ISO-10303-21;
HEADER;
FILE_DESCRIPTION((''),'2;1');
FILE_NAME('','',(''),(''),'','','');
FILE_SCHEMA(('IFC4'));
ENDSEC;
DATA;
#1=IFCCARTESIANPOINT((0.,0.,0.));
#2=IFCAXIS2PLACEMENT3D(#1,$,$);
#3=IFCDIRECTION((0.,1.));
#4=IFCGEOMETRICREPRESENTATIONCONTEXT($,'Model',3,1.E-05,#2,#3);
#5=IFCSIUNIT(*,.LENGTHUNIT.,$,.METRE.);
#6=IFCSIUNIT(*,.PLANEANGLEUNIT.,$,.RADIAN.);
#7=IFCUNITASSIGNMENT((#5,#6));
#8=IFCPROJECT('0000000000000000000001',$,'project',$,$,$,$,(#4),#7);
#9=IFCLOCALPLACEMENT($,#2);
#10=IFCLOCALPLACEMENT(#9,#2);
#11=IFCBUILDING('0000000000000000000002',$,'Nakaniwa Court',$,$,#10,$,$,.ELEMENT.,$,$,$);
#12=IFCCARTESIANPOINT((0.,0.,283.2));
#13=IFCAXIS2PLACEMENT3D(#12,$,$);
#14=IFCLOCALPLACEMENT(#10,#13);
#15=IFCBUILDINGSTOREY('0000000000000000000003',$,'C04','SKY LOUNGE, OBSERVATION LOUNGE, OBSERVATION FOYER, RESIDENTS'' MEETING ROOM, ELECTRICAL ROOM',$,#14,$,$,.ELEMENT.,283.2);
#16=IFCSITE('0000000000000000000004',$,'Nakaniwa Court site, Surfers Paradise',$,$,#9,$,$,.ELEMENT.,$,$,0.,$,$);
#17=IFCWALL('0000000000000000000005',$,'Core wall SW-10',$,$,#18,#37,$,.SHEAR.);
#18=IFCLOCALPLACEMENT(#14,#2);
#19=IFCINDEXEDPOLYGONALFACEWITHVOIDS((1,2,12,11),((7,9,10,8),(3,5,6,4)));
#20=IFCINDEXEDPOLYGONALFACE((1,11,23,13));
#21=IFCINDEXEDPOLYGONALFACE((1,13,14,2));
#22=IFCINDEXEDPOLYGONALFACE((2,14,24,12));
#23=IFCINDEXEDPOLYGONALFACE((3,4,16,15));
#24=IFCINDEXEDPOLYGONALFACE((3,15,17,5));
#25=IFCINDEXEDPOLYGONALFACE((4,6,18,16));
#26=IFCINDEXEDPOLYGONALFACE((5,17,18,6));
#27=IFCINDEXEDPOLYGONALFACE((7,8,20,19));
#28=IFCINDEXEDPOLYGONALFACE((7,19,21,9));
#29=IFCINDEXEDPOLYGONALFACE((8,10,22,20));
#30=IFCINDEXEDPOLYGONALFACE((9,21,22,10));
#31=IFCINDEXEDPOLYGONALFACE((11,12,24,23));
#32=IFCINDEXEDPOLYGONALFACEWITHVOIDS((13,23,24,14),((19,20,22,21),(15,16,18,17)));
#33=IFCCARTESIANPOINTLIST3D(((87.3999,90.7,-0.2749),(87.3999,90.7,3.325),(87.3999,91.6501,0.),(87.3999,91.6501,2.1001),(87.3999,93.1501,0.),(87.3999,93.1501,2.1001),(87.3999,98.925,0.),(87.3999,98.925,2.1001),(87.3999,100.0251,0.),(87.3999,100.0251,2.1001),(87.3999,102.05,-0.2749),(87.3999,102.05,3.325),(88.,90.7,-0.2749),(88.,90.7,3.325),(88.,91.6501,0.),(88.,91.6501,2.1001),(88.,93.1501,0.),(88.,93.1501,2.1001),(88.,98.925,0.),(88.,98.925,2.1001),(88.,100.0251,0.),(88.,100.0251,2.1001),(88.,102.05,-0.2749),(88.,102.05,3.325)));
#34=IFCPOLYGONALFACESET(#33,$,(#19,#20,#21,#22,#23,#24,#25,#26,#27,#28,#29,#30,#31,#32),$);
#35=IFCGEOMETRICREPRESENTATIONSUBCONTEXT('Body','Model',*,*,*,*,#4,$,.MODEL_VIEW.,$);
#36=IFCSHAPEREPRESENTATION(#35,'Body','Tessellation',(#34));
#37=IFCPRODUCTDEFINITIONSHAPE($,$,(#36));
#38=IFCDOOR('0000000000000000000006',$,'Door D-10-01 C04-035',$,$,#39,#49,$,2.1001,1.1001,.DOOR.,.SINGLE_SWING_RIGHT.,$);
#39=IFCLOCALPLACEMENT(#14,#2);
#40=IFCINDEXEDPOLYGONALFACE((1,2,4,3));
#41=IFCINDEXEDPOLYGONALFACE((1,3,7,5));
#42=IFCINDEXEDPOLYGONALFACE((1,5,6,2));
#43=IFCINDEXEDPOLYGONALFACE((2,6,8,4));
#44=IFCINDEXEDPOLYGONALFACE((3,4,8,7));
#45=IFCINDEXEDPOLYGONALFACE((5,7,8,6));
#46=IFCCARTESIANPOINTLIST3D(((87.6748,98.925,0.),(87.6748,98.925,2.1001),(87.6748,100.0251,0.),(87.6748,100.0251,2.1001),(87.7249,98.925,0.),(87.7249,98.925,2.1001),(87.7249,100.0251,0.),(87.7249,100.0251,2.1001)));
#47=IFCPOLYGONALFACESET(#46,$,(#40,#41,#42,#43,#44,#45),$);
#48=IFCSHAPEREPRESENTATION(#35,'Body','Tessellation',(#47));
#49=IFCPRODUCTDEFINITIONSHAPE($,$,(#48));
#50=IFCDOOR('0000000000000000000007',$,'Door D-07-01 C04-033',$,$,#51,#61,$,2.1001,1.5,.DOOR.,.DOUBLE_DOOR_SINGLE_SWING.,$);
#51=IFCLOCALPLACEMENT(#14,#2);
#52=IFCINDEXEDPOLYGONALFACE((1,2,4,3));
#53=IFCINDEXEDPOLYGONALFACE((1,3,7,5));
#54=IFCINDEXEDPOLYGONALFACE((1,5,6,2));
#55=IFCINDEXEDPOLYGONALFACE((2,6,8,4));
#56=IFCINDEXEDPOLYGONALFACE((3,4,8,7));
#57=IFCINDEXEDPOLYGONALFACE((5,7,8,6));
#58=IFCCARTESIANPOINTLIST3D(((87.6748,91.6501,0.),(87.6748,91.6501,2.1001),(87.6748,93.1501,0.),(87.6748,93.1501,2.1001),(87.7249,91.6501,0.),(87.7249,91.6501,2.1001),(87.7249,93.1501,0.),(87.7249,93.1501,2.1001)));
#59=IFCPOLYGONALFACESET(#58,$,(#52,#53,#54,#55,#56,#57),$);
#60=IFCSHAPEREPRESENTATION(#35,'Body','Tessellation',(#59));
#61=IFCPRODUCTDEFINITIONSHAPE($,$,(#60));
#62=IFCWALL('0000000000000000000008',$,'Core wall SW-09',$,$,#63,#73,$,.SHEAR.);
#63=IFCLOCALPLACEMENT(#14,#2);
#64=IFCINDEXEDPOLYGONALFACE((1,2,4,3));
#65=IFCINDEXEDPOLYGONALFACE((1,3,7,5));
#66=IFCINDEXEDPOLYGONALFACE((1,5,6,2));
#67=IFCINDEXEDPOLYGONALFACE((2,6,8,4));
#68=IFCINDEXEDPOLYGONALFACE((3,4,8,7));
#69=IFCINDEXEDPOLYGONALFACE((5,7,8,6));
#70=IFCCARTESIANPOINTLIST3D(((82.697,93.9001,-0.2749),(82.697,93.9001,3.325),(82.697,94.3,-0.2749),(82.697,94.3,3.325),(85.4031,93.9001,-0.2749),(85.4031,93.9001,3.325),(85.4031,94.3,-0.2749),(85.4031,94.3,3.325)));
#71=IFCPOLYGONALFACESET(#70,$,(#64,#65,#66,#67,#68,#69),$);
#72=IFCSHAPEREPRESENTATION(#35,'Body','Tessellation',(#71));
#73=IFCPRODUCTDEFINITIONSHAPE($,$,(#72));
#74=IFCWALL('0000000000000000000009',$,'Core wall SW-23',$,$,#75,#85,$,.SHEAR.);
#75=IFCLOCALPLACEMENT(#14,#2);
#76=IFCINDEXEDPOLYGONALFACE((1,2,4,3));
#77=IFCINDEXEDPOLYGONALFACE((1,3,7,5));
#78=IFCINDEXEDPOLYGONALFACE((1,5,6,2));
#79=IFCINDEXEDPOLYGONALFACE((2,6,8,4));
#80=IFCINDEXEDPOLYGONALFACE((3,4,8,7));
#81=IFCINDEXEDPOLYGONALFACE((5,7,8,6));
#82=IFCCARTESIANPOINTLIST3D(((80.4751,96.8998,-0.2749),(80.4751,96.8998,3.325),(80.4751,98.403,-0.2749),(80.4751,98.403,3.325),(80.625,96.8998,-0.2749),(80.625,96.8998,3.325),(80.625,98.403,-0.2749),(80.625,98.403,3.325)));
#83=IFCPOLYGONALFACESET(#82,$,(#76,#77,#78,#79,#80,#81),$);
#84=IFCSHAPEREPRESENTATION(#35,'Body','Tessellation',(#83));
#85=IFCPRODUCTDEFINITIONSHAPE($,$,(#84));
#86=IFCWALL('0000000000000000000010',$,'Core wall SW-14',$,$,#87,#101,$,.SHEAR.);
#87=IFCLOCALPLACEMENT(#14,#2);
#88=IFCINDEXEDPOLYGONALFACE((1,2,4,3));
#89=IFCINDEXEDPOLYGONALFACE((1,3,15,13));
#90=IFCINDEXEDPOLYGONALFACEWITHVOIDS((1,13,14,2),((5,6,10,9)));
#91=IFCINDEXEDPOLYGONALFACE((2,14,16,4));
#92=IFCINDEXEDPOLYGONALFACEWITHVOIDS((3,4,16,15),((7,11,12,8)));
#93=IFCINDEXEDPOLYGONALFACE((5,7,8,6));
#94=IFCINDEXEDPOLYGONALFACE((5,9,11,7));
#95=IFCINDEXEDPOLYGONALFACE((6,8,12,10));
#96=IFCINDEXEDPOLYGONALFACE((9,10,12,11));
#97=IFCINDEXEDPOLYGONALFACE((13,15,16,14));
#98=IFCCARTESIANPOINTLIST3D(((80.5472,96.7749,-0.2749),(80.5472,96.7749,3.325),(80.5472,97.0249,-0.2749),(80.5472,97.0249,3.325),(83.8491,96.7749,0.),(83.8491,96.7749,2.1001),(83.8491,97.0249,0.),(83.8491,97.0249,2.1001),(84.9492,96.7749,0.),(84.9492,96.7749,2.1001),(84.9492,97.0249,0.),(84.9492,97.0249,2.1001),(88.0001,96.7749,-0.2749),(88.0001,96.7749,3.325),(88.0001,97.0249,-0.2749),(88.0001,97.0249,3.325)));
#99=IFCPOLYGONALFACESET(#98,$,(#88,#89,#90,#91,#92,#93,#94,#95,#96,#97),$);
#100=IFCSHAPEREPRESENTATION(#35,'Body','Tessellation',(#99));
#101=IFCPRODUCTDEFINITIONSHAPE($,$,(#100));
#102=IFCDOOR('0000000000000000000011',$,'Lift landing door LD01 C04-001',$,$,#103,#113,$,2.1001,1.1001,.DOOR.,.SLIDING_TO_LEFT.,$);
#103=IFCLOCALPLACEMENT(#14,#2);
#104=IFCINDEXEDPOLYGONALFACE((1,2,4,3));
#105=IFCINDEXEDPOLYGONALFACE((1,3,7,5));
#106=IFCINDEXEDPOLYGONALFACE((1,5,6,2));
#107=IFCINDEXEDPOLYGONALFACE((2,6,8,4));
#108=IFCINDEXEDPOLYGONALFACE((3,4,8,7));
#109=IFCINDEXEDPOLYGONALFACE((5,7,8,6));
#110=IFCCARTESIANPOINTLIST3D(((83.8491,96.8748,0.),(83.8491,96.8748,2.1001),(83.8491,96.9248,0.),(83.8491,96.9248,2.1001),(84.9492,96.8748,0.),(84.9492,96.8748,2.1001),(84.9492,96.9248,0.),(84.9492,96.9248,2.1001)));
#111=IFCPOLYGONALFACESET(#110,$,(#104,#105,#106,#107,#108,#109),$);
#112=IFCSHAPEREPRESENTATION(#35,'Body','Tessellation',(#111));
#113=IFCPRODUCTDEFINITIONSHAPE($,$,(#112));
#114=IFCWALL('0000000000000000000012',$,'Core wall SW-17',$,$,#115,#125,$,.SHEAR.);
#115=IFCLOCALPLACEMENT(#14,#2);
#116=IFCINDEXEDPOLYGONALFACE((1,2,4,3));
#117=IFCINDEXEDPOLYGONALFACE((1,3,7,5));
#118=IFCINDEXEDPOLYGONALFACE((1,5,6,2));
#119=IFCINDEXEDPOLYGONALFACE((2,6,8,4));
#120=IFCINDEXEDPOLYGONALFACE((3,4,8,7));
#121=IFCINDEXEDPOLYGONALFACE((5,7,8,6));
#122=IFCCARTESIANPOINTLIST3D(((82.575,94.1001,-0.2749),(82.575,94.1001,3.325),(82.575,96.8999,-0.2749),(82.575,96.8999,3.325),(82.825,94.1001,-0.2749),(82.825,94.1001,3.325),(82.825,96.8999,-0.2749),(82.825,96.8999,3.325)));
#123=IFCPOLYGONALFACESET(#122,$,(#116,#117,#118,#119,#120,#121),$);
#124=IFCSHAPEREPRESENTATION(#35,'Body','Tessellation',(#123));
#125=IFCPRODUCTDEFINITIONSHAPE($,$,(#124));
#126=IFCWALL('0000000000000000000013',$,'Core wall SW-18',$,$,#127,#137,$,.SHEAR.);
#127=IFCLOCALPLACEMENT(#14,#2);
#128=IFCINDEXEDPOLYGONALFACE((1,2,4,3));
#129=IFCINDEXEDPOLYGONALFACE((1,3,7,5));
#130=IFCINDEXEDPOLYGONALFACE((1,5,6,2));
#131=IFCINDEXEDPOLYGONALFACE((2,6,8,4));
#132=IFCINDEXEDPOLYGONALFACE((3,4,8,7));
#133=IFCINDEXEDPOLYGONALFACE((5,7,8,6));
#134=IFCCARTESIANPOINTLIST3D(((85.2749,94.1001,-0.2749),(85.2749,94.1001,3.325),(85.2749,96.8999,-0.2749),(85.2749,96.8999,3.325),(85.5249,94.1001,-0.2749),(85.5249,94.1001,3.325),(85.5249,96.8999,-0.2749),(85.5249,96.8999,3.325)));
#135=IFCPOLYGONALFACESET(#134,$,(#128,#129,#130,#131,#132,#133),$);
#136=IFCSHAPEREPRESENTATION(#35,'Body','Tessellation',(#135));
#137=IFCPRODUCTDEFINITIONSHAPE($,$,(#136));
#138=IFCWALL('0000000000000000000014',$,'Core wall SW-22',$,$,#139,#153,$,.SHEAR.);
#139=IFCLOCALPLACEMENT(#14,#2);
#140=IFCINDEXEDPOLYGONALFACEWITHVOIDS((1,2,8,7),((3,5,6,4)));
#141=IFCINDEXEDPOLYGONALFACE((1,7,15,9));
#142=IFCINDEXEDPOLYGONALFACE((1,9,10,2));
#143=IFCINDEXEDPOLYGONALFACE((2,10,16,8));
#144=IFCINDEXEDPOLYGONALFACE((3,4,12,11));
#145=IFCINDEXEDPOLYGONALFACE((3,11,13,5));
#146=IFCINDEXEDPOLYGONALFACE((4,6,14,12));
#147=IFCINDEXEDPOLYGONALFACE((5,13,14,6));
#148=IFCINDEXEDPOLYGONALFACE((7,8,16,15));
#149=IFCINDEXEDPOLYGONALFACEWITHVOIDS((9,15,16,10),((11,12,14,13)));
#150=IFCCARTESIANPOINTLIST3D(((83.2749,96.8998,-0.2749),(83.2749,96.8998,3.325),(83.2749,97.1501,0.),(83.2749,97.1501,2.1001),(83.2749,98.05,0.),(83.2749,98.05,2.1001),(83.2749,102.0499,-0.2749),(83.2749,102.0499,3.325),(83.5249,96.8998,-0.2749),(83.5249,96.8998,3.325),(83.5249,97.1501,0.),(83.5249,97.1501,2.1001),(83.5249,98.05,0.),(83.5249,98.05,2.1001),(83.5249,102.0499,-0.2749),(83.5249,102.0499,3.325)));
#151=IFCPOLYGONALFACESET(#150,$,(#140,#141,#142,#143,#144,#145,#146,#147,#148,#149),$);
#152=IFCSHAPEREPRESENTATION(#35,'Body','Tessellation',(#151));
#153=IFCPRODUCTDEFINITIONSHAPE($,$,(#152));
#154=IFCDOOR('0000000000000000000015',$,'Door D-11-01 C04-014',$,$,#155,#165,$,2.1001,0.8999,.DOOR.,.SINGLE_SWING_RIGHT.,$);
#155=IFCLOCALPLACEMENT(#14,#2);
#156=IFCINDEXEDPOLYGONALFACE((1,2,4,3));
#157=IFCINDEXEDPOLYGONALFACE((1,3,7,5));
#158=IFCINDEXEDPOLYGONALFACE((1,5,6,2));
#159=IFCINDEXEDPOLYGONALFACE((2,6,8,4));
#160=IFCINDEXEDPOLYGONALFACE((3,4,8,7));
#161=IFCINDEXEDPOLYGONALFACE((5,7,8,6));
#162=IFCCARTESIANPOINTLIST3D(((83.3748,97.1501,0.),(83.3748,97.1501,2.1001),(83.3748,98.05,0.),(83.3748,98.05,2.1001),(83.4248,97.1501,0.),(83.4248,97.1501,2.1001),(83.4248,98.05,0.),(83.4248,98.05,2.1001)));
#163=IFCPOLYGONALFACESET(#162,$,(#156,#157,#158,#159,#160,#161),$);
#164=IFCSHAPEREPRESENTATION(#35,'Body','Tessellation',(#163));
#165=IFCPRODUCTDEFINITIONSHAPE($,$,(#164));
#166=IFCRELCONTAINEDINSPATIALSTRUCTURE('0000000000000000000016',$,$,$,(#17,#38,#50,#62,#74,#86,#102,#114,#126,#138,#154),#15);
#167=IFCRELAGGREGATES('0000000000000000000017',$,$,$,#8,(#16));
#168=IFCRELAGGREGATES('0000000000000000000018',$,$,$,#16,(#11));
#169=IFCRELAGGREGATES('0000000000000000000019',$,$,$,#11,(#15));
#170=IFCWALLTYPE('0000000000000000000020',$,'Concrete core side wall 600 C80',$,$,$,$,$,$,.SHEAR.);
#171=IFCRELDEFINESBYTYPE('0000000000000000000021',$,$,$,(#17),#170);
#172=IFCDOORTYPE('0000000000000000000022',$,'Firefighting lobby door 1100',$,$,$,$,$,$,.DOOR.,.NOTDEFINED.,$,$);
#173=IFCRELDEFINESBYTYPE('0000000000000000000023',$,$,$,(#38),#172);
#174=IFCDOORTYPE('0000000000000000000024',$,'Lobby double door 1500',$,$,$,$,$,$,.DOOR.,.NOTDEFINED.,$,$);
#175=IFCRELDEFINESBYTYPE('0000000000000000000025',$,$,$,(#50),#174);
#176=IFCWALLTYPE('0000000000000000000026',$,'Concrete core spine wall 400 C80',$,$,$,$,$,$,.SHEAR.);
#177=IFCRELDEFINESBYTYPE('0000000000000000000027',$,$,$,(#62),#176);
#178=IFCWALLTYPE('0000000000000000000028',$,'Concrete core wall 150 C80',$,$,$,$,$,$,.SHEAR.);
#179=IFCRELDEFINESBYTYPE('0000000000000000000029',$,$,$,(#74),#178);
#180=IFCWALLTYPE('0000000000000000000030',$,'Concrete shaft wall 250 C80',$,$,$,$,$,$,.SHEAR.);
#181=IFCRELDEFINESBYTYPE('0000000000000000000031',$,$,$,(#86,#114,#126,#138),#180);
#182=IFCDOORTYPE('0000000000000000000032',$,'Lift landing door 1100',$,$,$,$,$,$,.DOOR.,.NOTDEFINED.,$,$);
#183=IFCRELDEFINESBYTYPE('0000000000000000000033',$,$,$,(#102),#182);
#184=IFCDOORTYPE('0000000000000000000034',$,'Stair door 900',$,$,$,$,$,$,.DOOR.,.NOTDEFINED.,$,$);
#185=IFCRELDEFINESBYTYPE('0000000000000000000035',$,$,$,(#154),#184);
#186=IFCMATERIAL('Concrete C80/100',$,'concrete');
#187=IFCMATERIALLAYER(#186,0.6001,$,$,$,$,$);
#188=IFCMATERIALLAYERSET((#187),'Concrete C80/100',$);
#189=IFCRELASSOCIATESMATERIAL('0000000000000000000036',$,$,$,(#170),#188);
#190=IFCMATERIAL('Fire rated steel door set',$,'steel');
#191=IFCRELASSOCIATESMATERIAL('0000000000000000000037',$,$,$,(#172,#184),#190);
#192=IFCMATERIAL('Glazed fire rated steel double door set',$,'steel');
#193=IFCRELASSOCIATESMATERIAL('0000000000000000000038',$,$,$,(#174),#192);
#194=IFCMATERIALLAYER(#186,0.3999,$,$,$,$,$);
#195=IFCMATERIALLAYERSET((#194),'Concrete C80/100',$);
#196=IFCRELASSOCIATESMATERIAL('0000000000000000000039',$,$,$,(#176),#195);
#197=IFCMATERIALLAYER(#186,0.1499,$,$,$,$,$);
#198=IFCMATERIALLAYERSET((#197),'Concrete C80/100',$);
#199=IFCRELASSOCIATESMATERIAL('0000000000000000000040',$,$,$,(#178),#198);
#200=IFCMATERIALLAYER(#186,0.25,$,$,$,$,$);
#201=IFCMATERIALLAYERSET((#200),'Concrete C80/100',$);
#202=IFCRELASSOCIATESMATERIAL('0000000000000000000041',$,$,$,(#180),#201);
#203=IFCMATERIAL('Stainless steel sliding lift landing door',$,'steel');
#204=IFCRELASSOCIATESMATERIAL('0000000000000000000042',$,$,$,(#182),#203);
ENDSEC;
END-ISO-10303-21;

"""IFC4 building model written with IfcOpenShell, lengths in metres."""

from ifc_helpers import new_model, si_unit, direction, frame, frame_2d, origin, place, context, subcontext, project, spatial, rectangle, extrude, material, layer, layer_set, type_object, element, fill, save


model = new_model("IFC4")

# Units and contexts
model_context = context("Model", 3, precision=1e-05, world=origin(), true_north=direction((0.0, 1.0)))
body_context = subcontext(model_context, "Body", "Model", "MODEL_VIEW")
ifc_project = project(units=[si_unit("LENGTHUNIT", "METRE"), si_unit("PLANEANGLEUNIT", "RADIAN")], contexts=[model_context])

# Site, building, storey
site_placement = place(None, origin())
site = spatial("IfcSite", under=ifc_project, at=site_placement, Name="Nakaniwa Court site, Surfers Paradise", CompositionType="ELEMENT", RefElevation=0.0)
building_placement = place(site_placement, origin())
building = spatial("IfcBuilding", under=site, at=building_placement, Name="Nakaniwa Court", CompositionType="ELEMENT")
storey_placement = place(building_placement, frame((0.0, 0.0, 283.2)))
storey = spatial("IfcBuildingStorey", under=building, at=storey_placement, Name="C04", Description="SKY LOUNGE, OBSERVATION LOUNGE, OBSERVATION FOYER, RESIDENTS' MEETING ROOM, ELECTRICAL ROOM", CompositionType="ELEMENT", Elevation=283.2)

# Shared definitions
ifc_material_1 = material(Name="Concrete C80/100", Category="concrete")

# Shared definitions
ifc_material_2 = material(Name="Fire rated steel door set", Category="steel")

# Wall, openings, doors
ifc_layer_1 = layer(ifc_material_1, 0.6001)
ifc_layer_set_1 = layer_set([ifc_layer_1], Name="Concrete C80/100")
wall_type_1 = type_object("IfcWallType", Name="Concrete core side wall 600 C80", PredefinedType="SHEAR", material=ifc_layer_set_1)
wall_1_placement = place(storey_placement, frame((87.7, 102.05, -0.2749), z_axis=(0.0, 0.0, 1.0), x_axis=(0.0, -1.0, 0.0)))
wall_1 = element("IfcWall", 1, at=wall_1_placement, inside=storey, type_object=wall_type_1, Name="Core wall SW-10", PredefinedType="SHEAR", context=body_context, shape_type="SweptSolid", body=[
    extrude(rectangle(XDim=11.3501, YDim=0.6001, at=frame_2d((5.675, 0.0))), origin(), (0.0, 0.0, 1.0), 3.5999),
])
opening_1_placement = place(wall_1_placement, frame((8.8999, 0.0, 0.2749)))
opening_1 = element("IfcOpeningElement", 2, at=opening_1_placement, cuts=wall_1, PredefinedType="OPENING", context=body_context, shape_type="SweptSolid", body=[
    extrude(rectangle(XDim=1.5, YDim=2.1001, at=frame_2d((0.75, 1.05))), frame((0.0, 0.3101, 0.0), z_axis=(0.0, -1.0, 0.0), x_axis=(1.0, 0.0, 0.0)), (0.0, 0.0, 1.0), 0.6201),
])
opening_2_placement = place(wall_1_placement, frame((2.0249, 0.0, 0.2749)))
opening_2 = element("IfcOpeningElement", 3, at=opening_2_placement, cuts=wall_1, PredefinedType="OPENING", context=body_context, shape_type="SweptSolid", body=[
    extrude(rectangle(XDim=1.1001, YDim=2.1001, at=frame_2d((0.55, 1.05))), frame((0.0, 0.3101, 0.0), z_axis=(0.0, -1.0, 0.0), x_axis=(1.0, 0.0, 0.0)), (0.0, 0.0, 1.0), 0.6201),
])
door_type_1 = type_object("IfcDoorType", Name="Firefighting lobby door 1100", OperationType="NOTDEFINED", PredefinedType="DOOR", material=ifc_material_2)
door_1_placement = place(opening_2_placement, origin())
door_1 = element("IfcDoor", 4, at=door_1_placement, inside=storey, type_object=door_type_1, Name="Door D-10-01 C04-035", OperationType="SINGLE_SWING_RIGHT", OverallHeight=2.1001, OverallWidth=1.1001, PredefinedType="DOOR", context=body_context, shape_type="SweptSolid", body=[
    extrude(rectangle(XDim=1.1001, YDim=2.1001, at=frame_2d((0.55, 1.05))), frame((0.0, 0.0249, 0.0), z_axis=(0.0, -1.0, 0.0), x_axis=(1.0, 0.0, 0.0)), (0.0, 0.0, 1.0), 0.05),
])
fill(opening_2, door_1)
ifc_material_3 = material(Name="Glazed fire rated steel double door set", Category="steel")
door_type_2 = type_object("IfcDoorType", Name="Lobby double door 1500", OperationType="NOTDEFINED", PredefinedType="DOOR", material=ifc_material_3)
door_2_placement = place(opening_1_placement, origin())
door_2 = element("IfcDoor", 5, at=door_2_placement, inside=storey, type_object=door_type_2, Name="Door D-07-01 C04-033", OperationType="DOUBLE_DOOR_SINGLE_SWING", OverallHeight=2.1001, OverallWidth=1.5, PredefinedType="DOOR", context=body_context, shape_type="SweptSolid", body=[
    extrude(rectangle(XDim=1.5, YDim=2.1001, at=frame_2d((0.75, 1.05))), frame((0.0, 0.0249, 0.0), z_axis=(0.0, -1.0, 0.0), x_axis=(1.0, 0.0, 0.0)), (0.0, 0.0, 1.0), 0.05),
])
fill(opening_1, door_2)

# Walls
ifc_layer_2 = layer(ifc_material_1, 0.3999)
ifc_layer_set_2 = layer_set([ifc_layer_2], Name="Concrete C80/100")
wall_type_2 = type_object("IfcWallType", Name="Concrete core spine wall 400 C80", PredefinedType="SHEAR", material=ifc_layer_set_2)
wall_2_placement = place(storey_placement, frame((82.697, 94.1001, -0.2749), z_axis=(0.0, 0.0, 1.0), x_axis=(1.0, 0.0, 0.0)))
element("IfcWall", 6, at=wall_2_placement, inside=storey, type_object=wall_type_2, Name="Core wall SW-09", PredefinedType="SHEAR", context=body_context, shape_type="SweptSolid", body=[
    extrude(rectangle(XDim=2.7061, YDim=0.3999, at=frame_2d((1.353, 0.0))), origin(), (0.0, 0.0, 1.0), 3.5999),
])
ifc_layer_3 = layer(ifc_material_1, 0.1499)
ifc_layer_set_3 = layer_set([ifc_layer_3], Name="Concrete C80/100")
wall_type_3 = type_object("IfcWallType", Name="Concrete core wall 150 C80", PredefinedType="SHEAR", material=ifc_layer_set_3)
wall_3_placement = place(storey_placement, frame((80.55, 96.8999, -0.2749), z_axis=(0.0, 0.0, 1.0), x_axis=(0.0, 1.0, 0.0)))
element("IfcWall", 7, at=wall_3_placement, inside=storey, type_object=wall_type_3, Name="Core wall SW-23", PredefinedType="SHEAR", context=body_context, shape_type="SweptSolid", body=[
    extrude(rectangle(XDim=1.5032, YDim=0.1499, at=frame_2d((0.7515, 0.0))), origin(), (0.0, 0.0, 1.0), 3.5999),
])

# Wall, opening, door
ifc_layer_4 = layer(ifc_material_1, 0.25)
ifc_layer_set_4 = layer_set([ifc_layer_4], Name="Concrete C80/100")
wall_type_4 = type_object("IfcWallType", Name="Concrete shaft wall 250 C80", PredefinedType="SHEAR", material=ifc_layer_set_4)
wall_4_placement = place(storey_placement, frame((80.5471, 96.8999, -0.2749), z_axis=(0.0, 0.0, 1.0), x_axis=(1.0, 0.0, 0.0)))
wall_4 = element("IfcWall", 8, at=wall_4_placement, inside=storey, type_object=wall_type_4, Name="Core wall SW-14", PredefinedType="SHEAR", context=body_context, shape_type="SweptSolid", body=[
    extrude(rectangle(XDim=7.4529, YDim=0.25, at=frame_2d((3.7266, 0.0))), origin(), (0.0, 0.0, 1.0), 3.5999),
])
opening_3_placement = place(wall_4_placement, frame((3.302, 0.0, 0.2749)))
opening_3 = element("IfcOpeningElement", 9, at=opening_3_placement, cuts=wall_4, PredefinedType="OPENING", context=body_context, shape_type="SweptSolid", body=[
    extrude(rectangle(XDim=1.1001, YDim=2.1001, at=frame_2d((0.55, 1.05))), frame((0.0, 0.135, 0.0), z_axis=(0.0, -1.0, 0.0), x_axis=(1.0, 0.0, 0.0)), (0.0, 0.0, 1.0), 0.27),
])
ifc_material_4 = material(Name="Stainless steel sliding lift landing door", Category="steel")
door_type_3 = type_object("IfcDoorType", Name="Lift landing door 1100", OperationType="NOTDEFINED", PredefinedType="DOOR", material=ifc_material_4)
door_3_placement = place(opening_3_placement, origin())
door_3 = element("IfcDoor", 10, at=door_3_placement, inside=storey, type_object=door_type_3, Name="Lift landing door LD01 C04-001", OperationType="SLIDING_TO_LEFT", OverallHeight=2.1001, OverallWidth=1.1001, PredefinedType="DOOR", context=body_context, shape_type="SweptSolid", body=[
    extrude(rectangle(XDim=1.1001, YDim=2.1001, at=frame_2d((0.55, 1.05))), frame((0.0, 0.0249, 0.0), z_axis=(0.0, -1.0, 0.0), x_axis=(1.0, 0.0, 0.0)), (0.0, 0.0, 1.0), 0.05),
])
fill(opening_3, door_3)

# Walls
for number, where, z_axis, x_axis, name in (
    (11, (82.7, 94.1001, -0.2749), (0.0, 0.0, 1.0), (0.0, 1.0, 0.0), "Core wall SW-17"),
    (12, (85.3999, 94.1001, -0.2749), (0.0, 0.0, 1.0), (0.0, 1.0, 0.0), "Core wall SW-18"),
):
    element("IfcWall", number, at=place(storey_placement, frame(where, z_axis=z_axis, x_axis=x_axis)), inside=storey, type_object=wall_type_4, Name=name, PredefinedType="SHEAR", context=body_context, shape_type="SweptSolid", body=[
        extrude(rectangle(XDim=2.7998, YDim=0.25, at=frame_2d((1.3999, 0.0))), origin(), (0.0, 0.0, 1.0), 3.5999),
    ])

# Wall, opening, door
wall_5_placement = place(storey_placement, frame((83.3999, 102.05, -0.2749), z_axis=(0.0, 0.0, 1.0), x_axis=(0.0, -1.0, 0.0)))
wall_5 = element("IfcWall", 13, at=wall_5_placement, inside=storey, type_object=wall_type_4, Name="Core wall SW-22", PredefinedType="SHEAR", context=body_context, shape_type="SweptSolid", body=[
    extrude(rectangle(XDim=5.1501, YDim=0.25, at=frame_2d((2.5752, 0.0))), origin(), (0.0, 0.0, 1.0), 3.5999),
])
opening_4_placement = place(wall_5_placement, frame((4.0, 0.0, 0.2749)))
opening_4 = element("IfcOpeningElement", 14, at=opening_4_placement, cuts=wall_5, PredefinedType="OPENING", context=body_context, shape_type="SweptSolid", body=[
    extrude(rectangle(XDim=0.8999, YDim=2.1001, at=frame_2d((0.45, 1.05))), frame((0.0, 0.135, 0.0), z_axis=(0.0, -1.0, 0.0), x_axis=(1.0, 0.0, 0.0)), (0.0, 0.0, 1.0), 0.27),
])
door_type_4 = type_object("IfcDoorType", Name="Stair door 900", OperationType="NOTDEFINED", PredefinedType="DOOR", material=ifc_material_2)
door_4_placement = place(opening_4_placement, origin())
door_4 = element("IfcDoor", 15, at=door_4_placement, inside=storey, type_object=door_type_4, Name="Door D-11-01 C04-014", OperationType="SINGLE_SWING_RIGHT", OverallHeight=2.1001, OverallWidth=0.8999, PredefinedType="DOOR", context=body_context, shape_type="SweptSolid", body=[
    extrude(rectangle(XDim=0.8999, YDim=2.1001, at=frame_2d((0.45, 1.05))), frame((0.0, 0.0249, 0.0), z_axis=(0.0, -1.0, 0.0), x_axis=(1.0, 0.0, 0.0)), (0.0, 0.0, 1.0), 0.05),
])
fill(opening_4, door_4)

save(model, "model.ifc")
